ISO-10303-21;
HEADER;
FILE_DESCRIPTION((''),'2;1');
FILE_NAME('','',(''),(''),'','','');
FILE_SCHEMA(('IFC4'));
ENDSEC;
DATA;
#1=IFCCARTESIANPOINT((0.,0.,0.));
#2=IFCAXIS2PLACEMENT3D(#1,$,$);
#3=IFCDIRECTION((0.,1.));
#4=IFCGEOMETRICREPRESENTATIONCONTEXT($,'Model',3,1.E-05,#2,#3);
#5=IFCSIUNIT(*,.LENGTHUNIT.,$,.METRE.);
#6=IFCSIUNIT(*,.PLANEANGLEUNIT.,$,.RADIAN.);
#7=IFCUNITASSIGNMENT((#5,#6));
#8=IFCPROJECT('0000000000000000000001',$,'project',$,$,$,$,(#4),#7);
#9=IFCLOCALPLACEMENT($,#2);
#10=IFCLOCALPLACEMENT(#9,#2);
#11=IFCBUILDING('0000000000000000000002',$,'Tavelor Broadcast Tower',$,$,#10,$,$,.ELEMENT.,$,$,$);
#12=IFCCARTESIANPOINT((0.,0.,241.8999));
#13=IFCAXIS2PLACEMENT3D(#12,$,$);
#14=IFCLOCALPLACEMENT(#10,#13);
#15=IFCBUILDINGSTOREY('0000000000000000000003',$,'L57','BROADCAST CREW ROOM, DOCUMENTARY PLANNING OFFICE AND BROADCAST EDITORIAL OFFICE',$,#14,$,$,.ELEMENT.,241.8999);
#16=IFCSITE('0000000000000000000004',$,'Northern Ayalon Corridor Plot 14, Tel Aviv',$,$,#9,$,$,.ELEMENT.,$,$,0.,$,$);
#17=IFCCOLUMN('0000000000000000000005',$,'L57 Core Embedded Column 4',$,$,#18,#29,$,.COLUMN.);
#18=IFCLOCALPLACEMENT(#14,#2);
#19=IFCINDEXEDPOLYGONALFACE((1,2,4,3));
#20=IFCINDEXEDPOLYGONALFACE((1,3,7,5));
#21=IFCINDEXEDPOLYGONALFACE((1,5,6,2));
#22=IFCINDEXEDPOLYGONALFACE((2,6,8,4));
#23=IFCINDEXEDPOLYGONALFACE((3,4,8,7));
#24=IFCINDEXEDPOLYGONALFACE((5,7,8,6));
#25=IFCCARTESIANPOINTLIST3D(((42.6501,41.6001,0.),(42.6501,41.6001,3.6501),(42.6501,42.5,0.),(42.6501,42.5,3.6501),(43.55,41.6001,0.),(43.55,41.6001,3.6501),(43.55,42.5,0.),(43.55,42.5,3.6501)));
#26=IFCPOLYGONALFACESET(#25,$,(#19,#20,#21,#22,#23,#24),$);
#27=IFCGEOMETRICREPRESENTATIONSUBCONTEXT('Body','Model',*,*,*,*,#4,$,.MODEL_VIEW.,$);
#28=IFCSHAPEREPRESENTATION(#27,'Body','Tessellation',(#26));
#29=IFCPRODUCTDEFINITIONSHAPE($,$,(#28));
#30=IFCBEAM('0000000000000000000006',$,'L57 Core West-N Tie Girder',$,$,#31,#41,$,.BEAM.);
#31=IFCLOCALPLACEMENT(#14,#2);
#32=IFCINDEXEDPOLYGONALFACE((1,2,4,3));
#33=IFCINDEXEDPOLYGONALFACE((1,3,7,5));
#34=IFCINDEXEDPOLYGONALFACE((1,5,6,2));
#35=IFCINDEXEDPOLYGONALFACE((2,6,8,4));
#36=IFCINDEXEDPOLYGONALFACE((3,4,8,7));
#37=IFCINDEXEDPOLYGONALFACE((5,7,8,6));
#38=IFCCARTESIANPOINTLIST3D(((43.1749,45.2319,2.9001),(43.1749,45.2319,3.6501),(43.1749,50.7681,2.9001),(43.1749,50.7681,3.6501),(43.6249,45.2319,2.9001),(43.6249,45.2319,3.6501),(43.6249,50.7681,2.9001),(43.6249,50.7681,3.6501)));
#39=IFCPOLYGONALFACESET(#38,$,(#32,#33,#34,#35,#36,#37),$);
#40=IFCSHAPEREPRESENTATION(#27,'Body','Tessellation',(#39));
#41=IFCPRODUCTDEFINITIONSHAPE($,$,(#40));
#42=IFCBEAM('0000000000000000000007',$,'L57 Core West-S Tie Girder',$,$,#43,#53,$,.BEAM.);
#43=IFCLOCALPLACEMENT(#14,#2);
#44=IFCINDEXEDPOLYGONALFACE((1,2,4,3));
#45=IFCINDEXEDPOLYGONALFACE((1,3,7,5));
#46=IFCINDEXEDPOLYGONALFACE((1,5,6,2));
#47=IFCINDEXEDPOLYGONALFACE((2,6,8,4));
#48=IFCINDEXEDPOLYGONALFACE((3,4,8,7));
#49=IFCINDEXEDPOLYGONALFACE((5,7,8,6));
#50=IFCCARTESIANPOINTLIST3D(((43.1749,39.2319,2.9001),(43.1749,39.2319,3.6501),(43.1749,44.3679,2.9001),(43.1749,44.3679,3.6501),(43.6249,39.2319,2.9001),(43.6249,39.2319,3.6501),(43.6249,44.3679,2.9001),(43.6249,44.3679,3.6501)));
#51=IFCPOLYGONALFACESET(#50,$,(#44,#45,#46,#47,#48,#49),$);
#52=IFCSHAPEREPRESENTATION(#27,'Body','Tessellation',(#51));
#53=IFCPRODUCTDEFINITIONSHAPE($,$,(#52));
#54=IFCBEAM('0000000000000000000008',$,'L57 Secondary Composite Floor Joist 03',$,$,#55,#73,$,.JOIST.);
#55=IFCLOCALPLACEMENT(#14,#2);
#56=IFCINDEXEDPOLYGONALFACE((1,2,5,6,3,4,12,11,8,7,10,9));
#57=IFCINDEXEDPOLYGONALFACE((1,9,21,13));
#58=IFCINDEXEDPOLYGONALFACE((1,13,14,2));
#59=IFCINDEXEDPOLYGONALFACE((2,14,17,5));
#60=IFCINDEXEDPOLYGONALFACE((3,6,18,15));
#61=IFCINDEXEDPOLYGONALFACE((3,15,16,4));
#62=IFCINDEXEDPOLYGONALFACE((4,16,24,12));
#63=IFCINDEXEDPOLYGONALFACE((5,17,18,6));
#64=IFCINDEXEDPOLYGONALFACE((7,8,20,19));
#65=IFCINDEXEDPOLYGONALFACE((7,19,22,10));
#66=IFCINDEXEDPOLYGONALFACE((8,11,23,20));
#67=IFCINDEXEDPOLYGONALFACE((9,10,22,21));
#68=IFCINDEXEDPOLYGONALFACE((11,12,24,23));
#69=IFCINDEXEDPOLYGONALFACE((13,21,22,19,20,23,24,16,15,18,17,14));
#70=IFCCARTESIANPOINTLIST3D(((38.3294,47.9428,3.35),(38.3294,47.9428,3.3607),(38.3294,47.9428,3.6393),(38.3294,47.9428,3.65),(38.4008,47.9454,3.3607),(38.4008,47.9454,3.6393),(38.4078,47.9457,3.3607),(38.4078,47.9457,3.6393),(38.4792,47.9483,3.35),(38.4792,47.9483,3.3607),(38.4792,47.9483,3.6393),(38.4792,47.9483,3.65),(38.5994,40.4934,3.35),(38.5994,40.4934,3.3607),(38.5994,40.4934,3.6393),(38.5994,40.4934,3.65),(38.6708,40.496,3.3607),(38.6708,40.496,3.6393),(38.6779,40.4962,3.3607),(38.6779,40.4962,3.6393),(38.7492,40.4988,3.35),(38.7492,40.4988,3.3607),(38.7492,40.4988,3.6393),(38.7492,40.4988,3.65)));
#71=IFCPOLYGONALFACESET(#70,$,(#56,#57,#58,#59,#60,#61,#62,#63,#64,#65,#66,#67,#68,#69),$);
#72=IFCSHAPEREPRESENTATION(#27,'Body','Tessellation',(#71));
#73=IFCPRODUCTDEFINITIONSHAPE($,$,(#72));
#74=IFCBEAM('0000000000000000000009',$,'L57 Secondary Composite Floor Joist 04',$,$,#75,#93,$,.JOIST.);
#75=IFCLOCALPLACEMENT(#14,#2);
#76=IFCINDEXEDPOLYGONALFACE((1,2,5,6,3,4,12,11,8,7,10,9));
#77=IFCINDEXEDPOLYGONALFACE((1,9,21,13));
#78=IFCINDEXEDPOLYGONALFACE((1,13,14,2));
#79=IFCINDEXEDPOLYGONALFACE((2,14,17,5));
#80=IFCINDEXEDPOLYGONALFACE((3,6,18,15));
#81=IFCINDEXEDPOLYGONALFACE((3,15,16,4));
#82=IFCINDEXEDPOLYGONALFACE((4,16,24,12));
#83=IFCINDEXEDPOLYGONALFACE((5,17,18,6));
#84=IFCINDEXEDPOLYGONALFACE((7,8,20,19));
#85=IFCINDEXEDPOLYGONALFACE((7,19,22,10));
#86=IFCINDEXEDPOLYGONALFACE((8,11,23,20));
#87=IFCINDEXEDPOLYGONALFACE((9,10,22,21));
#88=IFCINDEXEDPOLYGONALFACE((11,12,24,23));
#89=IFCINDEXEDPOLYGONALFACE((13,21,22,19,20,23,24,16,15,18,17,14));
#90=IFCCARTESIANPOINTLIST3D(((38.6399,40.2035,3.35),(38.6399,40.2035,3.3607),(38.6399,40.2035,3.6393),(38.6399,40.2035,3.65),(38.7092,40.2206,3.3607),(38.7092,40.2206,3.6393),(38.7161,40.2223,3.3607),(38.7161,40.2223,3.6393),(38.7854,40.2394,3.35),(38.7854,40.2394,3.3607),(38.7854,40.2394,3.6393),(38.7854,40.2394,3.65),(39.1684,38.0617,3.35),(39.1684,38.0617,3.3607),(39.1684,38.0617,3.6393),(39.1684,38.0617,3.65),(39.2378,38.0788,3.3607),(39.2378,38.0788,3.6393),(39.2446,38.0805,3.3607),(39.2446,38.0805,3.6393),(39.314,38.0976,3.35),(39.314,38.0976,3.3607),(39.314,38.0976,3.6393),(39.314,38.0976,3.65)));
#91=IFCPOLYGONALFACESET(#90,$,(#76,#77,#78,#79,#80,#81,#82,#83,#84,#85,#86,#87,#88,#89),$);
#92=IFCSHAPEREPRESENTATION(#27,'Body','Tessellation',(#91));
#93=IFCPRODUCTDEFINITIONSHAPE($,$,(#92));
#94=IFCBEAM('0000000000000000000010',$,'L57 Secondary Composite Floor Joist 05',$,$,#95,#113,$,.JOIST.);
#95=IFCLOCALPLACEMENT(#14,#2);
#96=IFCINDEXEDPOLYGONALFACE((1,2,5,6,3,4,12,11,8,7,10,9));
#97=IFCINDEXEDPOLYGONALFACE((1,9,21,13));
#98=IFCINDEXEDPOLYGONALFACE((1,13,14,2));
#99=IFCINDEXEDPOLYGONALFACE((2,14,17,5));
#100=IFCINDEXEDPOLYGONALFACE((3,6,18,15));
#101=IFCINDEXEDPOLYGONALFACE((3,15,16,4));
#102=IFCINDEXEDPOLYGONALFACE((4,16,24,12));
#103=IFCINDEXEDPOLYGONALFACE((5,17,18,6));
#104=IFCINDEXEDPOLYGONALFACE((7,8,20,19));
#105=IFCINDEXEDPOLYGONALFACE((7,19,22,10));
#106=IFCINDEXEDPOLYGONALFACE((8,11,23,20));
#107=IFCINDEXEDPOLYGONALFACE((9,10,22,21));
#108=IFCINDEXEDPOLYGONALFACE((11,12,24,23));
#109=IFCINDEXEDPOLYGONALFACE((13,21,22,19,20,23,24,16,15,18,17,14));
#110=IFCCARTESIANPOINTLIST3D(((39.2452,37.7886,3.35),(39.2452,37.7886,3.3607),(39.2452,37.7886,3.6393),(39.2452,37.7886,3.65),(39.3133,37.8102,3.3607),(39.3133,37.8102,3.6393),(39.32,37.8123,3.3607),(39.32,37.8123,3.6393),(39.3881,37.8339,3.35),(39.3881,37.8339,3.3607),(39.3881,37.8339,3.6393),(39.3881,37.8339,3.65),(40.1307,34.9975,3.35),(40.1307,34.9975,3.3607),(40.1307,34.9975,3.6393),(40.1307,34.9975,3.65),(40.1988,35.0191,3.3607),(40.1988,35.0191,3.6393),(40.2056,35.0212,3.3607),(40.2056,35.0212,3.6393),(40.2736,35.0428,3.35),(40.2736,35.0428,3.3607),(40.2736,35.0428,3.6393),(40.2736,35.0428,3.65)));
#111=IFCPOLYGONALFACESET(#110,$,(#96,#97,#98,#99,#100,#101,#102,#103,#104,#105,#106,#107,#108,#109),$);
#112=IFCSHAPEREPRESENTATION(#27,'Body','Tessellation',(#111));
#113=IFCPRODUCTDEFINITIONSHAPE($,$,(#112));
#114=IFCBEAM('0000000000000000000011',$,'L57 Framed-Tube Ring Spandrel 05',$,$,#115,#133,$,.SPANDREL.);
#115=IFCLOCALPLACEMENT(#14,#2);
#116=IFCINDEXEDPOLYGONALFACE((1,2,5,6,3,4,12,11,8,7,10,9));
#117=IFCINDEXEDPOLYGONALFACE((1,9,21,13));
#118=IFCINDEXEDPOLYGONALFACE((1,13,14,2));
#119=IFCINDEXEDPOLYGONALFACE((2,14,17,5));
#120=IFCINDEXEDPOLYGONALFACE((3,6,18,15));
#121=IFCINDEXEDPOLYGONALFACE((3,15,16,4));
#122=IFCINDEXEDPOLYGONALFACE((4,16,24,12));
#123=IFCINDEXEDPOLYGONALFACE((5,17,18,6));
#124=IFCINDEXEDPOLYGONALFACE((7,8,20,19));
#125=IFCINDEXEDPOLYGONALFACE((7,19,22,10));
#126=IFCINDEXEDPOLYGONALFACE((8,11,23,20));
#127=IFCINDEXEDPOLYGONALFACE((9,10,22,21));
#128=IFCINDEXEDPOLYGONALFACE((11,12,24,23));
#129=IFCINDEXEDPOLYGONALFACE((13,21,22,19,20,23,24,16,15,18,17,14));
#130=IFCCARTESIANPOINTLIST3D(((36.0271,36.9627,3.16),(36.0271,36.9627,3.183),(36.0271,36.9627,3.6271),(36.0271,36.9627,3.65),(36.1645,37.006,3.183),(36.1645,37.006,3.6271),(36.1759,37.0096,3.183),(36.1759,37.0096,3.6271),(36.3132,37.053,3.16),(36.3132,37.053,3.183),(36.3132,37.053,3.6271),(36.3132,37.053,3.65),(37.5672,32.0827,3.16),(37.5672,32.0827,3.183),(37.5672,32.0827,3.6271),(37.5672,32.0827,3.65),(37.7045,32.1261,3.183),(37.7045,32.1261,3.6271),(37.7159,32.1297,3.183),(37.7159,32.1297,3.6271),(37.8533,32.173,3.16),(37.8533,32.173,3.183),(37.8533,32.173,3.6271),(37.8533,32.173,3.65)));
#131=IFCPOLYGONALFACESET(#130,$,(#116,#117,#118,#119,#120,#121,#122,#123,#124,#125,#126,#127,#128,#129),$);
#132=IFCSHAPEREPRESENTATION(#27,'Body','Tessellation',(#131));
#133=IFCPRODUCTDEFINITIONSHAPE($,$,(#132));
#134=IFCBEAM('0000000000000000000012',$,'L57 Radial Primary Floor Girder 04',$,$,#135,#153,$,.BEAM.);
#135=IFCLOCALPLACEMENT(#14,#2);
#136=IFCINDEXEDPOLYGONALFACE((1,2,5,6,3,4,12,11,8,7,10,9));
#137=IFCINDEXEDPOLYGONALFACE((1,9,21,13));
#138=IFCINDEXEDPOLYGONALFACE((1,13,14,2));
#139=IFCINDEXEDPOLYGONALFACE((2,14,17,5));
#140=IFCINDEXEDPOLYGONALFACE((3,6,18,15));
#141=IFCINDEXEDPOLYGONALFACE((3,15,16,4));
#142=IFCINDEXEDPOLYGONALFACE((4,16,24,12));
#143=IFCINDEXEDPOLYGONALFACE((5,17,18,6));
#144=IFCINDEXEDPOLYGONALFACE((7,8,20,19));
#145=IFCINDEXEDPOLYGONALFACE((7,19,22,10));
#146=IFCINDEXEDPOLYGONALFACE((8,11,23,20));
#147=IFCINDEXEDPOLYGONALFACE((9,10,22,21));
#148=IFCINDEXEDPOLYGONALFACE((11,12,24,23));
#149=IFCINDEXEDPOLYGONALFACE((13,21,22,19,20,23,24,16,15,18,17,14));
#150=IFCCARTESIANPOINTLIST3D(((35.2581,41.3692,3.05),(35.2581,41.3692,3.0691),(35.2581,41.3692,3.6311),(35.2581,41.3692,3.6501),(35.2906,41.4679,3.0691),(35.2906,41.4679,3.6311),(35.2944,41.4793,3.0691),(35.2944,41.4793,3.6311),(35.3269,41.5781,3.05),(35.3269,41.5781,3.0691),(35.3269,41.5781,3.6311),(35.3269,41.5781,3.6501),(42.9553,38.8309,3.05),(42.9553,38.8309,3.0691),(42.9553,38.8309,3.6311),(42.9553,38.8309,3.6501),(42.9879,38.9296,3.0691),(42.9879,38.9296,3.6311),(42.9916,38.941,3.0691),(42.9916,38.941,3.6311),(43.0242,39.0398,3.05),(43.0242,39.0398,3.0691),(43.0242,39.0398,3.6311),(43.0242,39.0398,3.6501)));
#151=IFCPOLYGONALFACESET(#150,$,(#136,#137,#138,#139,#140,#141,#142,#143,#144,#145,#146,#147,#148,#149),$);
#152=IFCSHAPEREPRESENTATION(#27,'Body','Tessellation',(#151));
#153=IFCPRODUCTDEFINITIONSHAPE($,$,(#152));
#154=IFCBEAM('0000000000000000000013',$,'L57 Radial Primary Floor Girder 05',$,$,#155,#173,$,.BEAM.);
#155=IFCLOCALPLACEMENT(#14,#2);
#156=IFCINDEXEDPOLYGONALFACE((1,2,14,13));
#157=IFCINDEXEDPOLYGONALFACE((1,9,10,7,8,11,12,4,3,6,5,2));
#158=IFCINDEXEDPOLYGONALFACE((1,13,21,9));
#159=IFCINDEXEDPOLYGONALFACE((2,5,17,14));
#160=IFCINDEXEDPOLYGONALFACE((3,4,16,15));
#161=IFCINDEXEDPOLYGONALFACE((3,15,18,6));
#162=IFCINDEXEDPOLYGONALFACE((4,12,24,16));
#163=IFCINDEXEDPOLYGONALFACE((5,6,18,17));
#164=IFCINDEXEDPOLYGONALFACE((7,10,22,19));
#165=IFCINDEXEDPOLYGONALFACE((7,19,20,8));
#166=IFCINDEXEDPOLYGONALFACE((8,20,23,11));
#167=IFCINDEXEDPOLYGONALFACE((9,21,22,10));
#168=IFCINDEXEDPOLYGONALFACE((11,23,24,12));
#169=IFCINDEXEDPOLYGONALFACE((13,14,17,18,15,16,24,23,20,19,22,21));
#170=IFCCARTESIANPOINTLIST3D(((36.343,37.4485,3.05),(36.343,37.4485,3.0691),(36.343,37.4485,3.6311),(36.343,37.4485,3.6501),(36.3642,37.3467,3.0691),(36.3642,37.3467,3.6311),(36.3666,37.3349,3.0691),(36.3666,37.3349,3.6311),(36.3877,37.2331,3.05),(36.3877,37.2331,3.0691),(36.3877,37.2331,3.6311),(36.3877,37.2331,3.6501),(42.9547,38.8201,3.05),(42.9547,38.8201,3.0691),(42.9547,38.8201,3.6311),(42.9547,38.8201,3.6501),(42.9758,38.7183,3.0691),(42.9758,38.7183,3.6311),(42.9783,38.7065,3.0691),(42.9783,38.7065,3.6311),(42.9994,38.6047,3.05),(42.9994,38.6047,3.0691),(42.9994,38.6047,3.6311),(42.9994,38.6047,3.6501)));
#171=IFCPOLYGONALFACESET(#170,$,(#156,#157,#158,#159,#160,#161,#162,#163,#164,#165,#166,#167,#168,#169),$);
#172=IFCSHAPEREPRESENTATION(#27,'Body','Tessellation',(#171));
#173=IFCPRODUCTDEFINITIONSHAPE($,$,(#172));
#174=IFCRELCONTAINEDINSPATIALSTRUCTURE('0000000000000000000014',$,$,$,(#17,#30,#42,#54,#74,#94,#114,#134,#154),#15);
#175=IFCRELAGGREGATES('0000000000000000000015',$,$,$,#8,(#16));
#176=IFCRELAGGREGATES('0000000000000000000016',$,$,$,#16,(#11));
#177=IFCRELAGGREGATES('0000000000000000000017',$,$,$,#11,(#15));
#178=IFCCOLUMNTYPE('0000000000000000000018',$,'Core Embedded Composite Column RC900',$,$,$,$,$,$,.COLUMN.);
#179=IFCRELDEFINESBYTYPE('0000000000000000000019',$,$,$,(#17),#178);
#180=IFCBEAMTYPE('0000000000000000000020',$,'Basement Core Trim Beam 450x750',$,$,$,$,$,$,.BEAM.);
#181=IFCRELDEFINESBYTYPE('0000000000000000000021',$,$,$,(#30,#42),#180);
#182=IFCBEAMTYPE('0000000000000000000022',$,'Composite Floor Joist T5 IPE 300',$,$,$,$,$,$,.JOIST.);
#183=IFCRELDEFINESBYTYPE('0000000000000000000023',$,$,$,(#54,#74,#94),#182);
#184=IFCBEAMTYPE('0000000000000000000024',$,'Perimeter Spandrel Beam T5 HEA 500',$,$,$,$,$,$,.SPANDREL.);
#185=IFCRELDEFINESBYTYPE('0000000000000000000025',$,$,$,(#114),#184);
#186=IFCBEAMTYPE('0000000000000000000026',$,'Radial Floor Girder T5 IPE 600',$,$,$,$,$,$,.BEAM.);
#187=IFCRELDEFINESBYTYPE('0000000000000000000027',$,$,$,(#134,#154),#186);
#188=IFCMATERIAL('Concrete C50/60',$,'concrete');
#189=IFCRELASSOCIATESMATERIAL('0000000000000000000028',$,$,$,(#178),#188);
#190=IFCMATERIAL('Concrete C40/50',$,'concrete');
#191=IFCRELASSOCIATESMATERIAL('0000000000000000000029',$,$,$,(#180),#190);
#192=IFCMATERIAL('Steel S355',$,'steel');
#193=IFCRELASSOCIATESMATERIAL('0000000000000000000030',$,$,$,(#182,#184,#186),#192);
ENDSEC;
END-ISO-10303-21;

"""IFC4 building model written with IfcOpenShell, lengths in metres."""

from ifc_helpers import new_model, si_unit, direction, frame, origin, origin_2d, place, context, subcontext, project, spatial, rectangle, i_section, extrude, material, material_profile, profile_set, type_object, element, save


model = new_model("IFC4")

# Units and contexts
model_context = context("Model", 3, precision=1e-05, world=origin(), true_north=direction((0.0, 1.0)))
body_context = subcontext(model_context, "Body", "Model", "MODEL_VIEW")
ifc_project = project(units=[si_unit("LENGTHUNIT", "METRE"), si_unit("PLANEANGLEUNIT", "RADIAN")], contexts=[model_context])

# Site, building, storey
site_placement = place(None, origin())
site = spatial("IfcSite", under=ifc_project, at=site_placement, Name="Northern Ayalon Corridor Plot 14, Tel Aviv", CompositionType="ELEMENT", RefElevation=0.0)
building_placement = place(site_placement, origin())
building = spatial("IfcBuilding", under=site, at=building_placement, Name="Tavelor Broadcast Tower", CompositionType="ELEMENT")
storey_placement = place(building_placement, frame((0.0, 0.0, 241.8999)))
storey = spatial("IfcBuildingStorey", under=building, at=storey_placement, Name="L57", Description="BROADCAST CREW ROOM, DOCUMENTARY PLANNING OFFICE AND BROADCAST EDITORIAL OFFICE", CompositionType="ELEMENT", Elevation=241.8999)

# Column
ifc_material_1 = material(Name="Concrete C50/60", Category="concrete")
ifc_material_profile_1 = material_profile(ifc_material_1, rectangle(XDim=0.8999, YDim=0.8999, at=origin_2d()), Name="RC 900x900")
ifc_profile_set_1 = profile_set([ifc_material_profile_1], Name="Concrete C50/60")
column_type = type_object("IfcColumnType", Name="Core Embedded Composite Column RC900", PredefinedType="COLUMN", material=ifc_profile_set_1)
column_placement = place(storey_placement, frame((43.1001, 42.05, 0.0), z_axis=(0.0, 0.0, 1.0), x_axis=(1.0, 0.0, 0.0)))
element("IfcColumn", 1, at=column_placement, inside=storey, type_object=column_type, Name="L57 Core Embedded Column 4", PredefinedType="COLUMN", context=body_context, shape_type="SweptSolid", body=[
    extrude(rectangle(XDim=0.8999, YDim=0.8999, at=origin_2d()), origin(), (0.0, 0.0, 1.0), 3.6501),
])

# Beams
ifc_material_2 = material(Name="Concrete C40/50", Category="concrete")
ifc_material_profile_2 = material_profile(ifc_material_2, rectangle(XDim=0.45, YDim=0.75, at=origin_2d()), Name="RC 450x750")
ifc_profile_set_2 = profile_set([ifc_material_profile_2], Name="Concrete C40/50")
beam_type_1 = type_object("IfcBeamType", Name="Basement Core Trim Beam 450x750", PredefinedType="BEAM", material=ifc_profile_set_2)
beam_1_placement = place(storey_placement, frame((43.3999, 45.2319, 3.2751), z_axis=(0.0, 1.0, 0.0), x_axis=(-1.0, 0.0, 0.0)))
element("IfcBeam", 2, at=beam_1_placement, inside=storey, type_object=beam_type_1, Name="L57 Core West-N Tie Girder", PredefinedType="BEAM", context=body_context, shape_type="SweptSolid", body=[
    extrude(rectangle(XDim=0.45, YDim=0.75, at=origin_2d()), origin(), (0.0, 0.0, 1.0), 5.5361),
])
beam_2_placement = place(storey_placement, frame((43.3999, 39.2319, 3.2751), z_axis=(0.0, 1.0, 0.0), x_axis=(-1.0, 0.0, 0.0)))
element("IfcBeam", 3, at=beam_2_placement, inside=storey, type_object=beam_type_1, Name="L57 Core West-S Tie Girder", PredefinedType="BEAM", context=body_context, shape_type="SweptSolid", body=[
    extrude(rectangle(XDim=0.45, YDim=0.75, at=origin_2d()), origin(), (0.0, 0.0, 1.0), 5.136),
])
ifc_material_3 = material(Name="Steel S355", Category="steel")
ifc_material_profile_3 = material_profile(ifc_material_3, i_section(OverallWidth=0.1499, OverallDepth=0.3, WebThickness=0.0071, FlangeThickness=0.0107, at=origin_2d()), Name="IPE 300")
ifc_profile_set_3 = profile_set([ifc_material_profile_3], Name="Steel S355")
beam_type_2 = type_object("IfcBeamType", Name="Composite Floor Joist T5 IPE 300", PredefinedType="JOIST", material=ifc_profile_set_3)
beam_3_placement = place(storey_placement, frame((38.4043, 47.9456, 3.5), z_axis=(0.036223, -0.999344, 0.0), x_axis=(0.999344, 0.036223, 0.0)))
element("IfcBeam", 4, at=beam_3_placement, inside=storey, type_object=beam_type_2, Name="L57 Secondary Composite Floor Joist 03", PredefinedType="JOIST", context=body_context, shape_type="SweptSolid", body=[
    extrude(i_section(OverallWidth=0.1499, OverallDepth=0.3, WebThickness=0.0071, FlangeThickness=0.0107, at=origin_2d()), origin(), (0.0, 0.0, 1.0), 7.4543),
])
beam_4_placement = place(storey_placement, frame((38.7126, 40.2214, 3.5), z_axis=(0.239592, -0.970874, 0.0), x_axis=(0.970874, 0.239592, 0.0)))
element("IfcBeam", 5, at=beam_4_placement, inside=storey, type_object=beam_type_2, Name="L57 Secondary Composite Floor Joist 04", PredefinedType="JOIST", context=body_context, shape_type="SweptSolid", body=[
    extrude(i_section(OverallWidth=0.1499, OverallDepth=0.3, WebThickness=0.0071, FlangeThickness=0.0107, at=origin_2d()), origin(), (0.0, 0.0, 1.0), 2.2061),
])
beam_5_placement = place(storey_placement, frame((39.3167, 37.8113, 3.5), z_axis=(0.302412, -0.953177, 0.0), x_axis=(0.953177, 0.302412, 0.0)))
element("IfcBeam", 6, at=beam_5_placement, inside=storey, type_object=beam_type_2, Name="L57 Secondary Composite Floor Joist 05", PredefinedType="JOIST", context=body_context, shape_type="SweptSolid", body=[
    extrude(i_section(OverallWidth=0.1499, OverallDepth=0.3, WebThickness=0.0071, FlangeThickness=0.0107, at=origin_2d()), origin(), (0.0, 0.0, 1.0), 2.9282),
])
ifc_material_profile_4 = material_profile(ifc_material_3, i_section(OverallWidth=0.3, OverallDepth=0.49, WebThickness=0.012, FlangeThickness=0.0229, at=origin_2d()), Name="HEA 500")
ifc_profile_set_4 = profile_set([ifc_material_profile_4], Name="Steel S355")
beam_type_3 = type_object("IfcBeamType", Name="Perimeter Spandrel Beam T5 HEA 500", PredefinedType="SPANDREL", material=ifc_profile_set_4)
beam_6_placement = place(storey_placement, frame((36.1702, 37.0078, 3.405), z_axis=(0.300958, -0.953637, 0.0), x_axis=(0.953637, 0.300958, 0.0)))
element("IfcBeam", 7, at=beam_6_placement, inside=storey, type_object=beam_type_3, Name="L57 Framed-Tube Ring Spandrel 05", PredefinedType="SPANDREL", context=body_context, shape_type="SweptSolid", body=[
    extrude(i_section(OverallWidth=0.3, OverallDepth=0.49, WebThickness=0.012, FlangeThickness=0.0229, at=origin_2d()), origin(), (0.0, 0.0, 1.0), 5.1172),
])
ifc_material_profile_5 = material_profile(ifc_material_3, i_section(OverallWidth=0.22, OverallDepth=0.6001, WebThickness=0.012, FlangeThickness=0.019, at=origin_2d()), Name="IPE 600")
ifc_profile_set_5 = profile_set([ifc_material_profile_5], Name="Steel S355")
beam_type_4 = type_object("IfcBeamType", Name="Radial Floor Girder T5 IPE 600", PredefinedType="BEAM", material=ifc_profile_set_5)
beam_7_placement = place(storey_placement, frame((42.9897, 38.9353, 3.3501), z_axis=(-0.949694, 0.313181, 0.0), x_axis=(-0.313181, -0.949694, 0.0)))
element("IfcBeam", 8, at=beam_7_placement, inside=storey, type_object=beam_type_4, Name="L57 Radial Primary Floor Girder 04", PredefinedType="BEAM", context=body_context, shape_type="SweptSolid", body=[
    extrude(i_section(OverallWidth=0.22, OverallDepth=0.6001, WebThickness=0.012, FlangeThickness=0.019, at=origin_2d()), origin(), (0.0, 0.0, 1.0), 8.105),
])
beam_8_placement = place(storey_placement, frame((42.9771, 38.7124, 3.3501), z_axis=(-0.979152, -0.203127, 0.0), x_axis=(0.203127, -0.979152, 0.0)))
element("IfcBeam", 9, at=beam_8_placement, inside=storey, type_object=beam_type_4, Name="L57 Radial Primary Floor Girder 05", PredefinedType="BEAM", context=body_context, shape_type="SweptSolid", body=[
    extrude(i_section(OverallWidth=0.22, OverallDepth=0.6001, WebThickness=0.012, FlangeThickness=0.019, at=origin_2d()), origin(), (0.0, 0.0, 1.0), 6.7524),
])

save(model, "model.ifc")
